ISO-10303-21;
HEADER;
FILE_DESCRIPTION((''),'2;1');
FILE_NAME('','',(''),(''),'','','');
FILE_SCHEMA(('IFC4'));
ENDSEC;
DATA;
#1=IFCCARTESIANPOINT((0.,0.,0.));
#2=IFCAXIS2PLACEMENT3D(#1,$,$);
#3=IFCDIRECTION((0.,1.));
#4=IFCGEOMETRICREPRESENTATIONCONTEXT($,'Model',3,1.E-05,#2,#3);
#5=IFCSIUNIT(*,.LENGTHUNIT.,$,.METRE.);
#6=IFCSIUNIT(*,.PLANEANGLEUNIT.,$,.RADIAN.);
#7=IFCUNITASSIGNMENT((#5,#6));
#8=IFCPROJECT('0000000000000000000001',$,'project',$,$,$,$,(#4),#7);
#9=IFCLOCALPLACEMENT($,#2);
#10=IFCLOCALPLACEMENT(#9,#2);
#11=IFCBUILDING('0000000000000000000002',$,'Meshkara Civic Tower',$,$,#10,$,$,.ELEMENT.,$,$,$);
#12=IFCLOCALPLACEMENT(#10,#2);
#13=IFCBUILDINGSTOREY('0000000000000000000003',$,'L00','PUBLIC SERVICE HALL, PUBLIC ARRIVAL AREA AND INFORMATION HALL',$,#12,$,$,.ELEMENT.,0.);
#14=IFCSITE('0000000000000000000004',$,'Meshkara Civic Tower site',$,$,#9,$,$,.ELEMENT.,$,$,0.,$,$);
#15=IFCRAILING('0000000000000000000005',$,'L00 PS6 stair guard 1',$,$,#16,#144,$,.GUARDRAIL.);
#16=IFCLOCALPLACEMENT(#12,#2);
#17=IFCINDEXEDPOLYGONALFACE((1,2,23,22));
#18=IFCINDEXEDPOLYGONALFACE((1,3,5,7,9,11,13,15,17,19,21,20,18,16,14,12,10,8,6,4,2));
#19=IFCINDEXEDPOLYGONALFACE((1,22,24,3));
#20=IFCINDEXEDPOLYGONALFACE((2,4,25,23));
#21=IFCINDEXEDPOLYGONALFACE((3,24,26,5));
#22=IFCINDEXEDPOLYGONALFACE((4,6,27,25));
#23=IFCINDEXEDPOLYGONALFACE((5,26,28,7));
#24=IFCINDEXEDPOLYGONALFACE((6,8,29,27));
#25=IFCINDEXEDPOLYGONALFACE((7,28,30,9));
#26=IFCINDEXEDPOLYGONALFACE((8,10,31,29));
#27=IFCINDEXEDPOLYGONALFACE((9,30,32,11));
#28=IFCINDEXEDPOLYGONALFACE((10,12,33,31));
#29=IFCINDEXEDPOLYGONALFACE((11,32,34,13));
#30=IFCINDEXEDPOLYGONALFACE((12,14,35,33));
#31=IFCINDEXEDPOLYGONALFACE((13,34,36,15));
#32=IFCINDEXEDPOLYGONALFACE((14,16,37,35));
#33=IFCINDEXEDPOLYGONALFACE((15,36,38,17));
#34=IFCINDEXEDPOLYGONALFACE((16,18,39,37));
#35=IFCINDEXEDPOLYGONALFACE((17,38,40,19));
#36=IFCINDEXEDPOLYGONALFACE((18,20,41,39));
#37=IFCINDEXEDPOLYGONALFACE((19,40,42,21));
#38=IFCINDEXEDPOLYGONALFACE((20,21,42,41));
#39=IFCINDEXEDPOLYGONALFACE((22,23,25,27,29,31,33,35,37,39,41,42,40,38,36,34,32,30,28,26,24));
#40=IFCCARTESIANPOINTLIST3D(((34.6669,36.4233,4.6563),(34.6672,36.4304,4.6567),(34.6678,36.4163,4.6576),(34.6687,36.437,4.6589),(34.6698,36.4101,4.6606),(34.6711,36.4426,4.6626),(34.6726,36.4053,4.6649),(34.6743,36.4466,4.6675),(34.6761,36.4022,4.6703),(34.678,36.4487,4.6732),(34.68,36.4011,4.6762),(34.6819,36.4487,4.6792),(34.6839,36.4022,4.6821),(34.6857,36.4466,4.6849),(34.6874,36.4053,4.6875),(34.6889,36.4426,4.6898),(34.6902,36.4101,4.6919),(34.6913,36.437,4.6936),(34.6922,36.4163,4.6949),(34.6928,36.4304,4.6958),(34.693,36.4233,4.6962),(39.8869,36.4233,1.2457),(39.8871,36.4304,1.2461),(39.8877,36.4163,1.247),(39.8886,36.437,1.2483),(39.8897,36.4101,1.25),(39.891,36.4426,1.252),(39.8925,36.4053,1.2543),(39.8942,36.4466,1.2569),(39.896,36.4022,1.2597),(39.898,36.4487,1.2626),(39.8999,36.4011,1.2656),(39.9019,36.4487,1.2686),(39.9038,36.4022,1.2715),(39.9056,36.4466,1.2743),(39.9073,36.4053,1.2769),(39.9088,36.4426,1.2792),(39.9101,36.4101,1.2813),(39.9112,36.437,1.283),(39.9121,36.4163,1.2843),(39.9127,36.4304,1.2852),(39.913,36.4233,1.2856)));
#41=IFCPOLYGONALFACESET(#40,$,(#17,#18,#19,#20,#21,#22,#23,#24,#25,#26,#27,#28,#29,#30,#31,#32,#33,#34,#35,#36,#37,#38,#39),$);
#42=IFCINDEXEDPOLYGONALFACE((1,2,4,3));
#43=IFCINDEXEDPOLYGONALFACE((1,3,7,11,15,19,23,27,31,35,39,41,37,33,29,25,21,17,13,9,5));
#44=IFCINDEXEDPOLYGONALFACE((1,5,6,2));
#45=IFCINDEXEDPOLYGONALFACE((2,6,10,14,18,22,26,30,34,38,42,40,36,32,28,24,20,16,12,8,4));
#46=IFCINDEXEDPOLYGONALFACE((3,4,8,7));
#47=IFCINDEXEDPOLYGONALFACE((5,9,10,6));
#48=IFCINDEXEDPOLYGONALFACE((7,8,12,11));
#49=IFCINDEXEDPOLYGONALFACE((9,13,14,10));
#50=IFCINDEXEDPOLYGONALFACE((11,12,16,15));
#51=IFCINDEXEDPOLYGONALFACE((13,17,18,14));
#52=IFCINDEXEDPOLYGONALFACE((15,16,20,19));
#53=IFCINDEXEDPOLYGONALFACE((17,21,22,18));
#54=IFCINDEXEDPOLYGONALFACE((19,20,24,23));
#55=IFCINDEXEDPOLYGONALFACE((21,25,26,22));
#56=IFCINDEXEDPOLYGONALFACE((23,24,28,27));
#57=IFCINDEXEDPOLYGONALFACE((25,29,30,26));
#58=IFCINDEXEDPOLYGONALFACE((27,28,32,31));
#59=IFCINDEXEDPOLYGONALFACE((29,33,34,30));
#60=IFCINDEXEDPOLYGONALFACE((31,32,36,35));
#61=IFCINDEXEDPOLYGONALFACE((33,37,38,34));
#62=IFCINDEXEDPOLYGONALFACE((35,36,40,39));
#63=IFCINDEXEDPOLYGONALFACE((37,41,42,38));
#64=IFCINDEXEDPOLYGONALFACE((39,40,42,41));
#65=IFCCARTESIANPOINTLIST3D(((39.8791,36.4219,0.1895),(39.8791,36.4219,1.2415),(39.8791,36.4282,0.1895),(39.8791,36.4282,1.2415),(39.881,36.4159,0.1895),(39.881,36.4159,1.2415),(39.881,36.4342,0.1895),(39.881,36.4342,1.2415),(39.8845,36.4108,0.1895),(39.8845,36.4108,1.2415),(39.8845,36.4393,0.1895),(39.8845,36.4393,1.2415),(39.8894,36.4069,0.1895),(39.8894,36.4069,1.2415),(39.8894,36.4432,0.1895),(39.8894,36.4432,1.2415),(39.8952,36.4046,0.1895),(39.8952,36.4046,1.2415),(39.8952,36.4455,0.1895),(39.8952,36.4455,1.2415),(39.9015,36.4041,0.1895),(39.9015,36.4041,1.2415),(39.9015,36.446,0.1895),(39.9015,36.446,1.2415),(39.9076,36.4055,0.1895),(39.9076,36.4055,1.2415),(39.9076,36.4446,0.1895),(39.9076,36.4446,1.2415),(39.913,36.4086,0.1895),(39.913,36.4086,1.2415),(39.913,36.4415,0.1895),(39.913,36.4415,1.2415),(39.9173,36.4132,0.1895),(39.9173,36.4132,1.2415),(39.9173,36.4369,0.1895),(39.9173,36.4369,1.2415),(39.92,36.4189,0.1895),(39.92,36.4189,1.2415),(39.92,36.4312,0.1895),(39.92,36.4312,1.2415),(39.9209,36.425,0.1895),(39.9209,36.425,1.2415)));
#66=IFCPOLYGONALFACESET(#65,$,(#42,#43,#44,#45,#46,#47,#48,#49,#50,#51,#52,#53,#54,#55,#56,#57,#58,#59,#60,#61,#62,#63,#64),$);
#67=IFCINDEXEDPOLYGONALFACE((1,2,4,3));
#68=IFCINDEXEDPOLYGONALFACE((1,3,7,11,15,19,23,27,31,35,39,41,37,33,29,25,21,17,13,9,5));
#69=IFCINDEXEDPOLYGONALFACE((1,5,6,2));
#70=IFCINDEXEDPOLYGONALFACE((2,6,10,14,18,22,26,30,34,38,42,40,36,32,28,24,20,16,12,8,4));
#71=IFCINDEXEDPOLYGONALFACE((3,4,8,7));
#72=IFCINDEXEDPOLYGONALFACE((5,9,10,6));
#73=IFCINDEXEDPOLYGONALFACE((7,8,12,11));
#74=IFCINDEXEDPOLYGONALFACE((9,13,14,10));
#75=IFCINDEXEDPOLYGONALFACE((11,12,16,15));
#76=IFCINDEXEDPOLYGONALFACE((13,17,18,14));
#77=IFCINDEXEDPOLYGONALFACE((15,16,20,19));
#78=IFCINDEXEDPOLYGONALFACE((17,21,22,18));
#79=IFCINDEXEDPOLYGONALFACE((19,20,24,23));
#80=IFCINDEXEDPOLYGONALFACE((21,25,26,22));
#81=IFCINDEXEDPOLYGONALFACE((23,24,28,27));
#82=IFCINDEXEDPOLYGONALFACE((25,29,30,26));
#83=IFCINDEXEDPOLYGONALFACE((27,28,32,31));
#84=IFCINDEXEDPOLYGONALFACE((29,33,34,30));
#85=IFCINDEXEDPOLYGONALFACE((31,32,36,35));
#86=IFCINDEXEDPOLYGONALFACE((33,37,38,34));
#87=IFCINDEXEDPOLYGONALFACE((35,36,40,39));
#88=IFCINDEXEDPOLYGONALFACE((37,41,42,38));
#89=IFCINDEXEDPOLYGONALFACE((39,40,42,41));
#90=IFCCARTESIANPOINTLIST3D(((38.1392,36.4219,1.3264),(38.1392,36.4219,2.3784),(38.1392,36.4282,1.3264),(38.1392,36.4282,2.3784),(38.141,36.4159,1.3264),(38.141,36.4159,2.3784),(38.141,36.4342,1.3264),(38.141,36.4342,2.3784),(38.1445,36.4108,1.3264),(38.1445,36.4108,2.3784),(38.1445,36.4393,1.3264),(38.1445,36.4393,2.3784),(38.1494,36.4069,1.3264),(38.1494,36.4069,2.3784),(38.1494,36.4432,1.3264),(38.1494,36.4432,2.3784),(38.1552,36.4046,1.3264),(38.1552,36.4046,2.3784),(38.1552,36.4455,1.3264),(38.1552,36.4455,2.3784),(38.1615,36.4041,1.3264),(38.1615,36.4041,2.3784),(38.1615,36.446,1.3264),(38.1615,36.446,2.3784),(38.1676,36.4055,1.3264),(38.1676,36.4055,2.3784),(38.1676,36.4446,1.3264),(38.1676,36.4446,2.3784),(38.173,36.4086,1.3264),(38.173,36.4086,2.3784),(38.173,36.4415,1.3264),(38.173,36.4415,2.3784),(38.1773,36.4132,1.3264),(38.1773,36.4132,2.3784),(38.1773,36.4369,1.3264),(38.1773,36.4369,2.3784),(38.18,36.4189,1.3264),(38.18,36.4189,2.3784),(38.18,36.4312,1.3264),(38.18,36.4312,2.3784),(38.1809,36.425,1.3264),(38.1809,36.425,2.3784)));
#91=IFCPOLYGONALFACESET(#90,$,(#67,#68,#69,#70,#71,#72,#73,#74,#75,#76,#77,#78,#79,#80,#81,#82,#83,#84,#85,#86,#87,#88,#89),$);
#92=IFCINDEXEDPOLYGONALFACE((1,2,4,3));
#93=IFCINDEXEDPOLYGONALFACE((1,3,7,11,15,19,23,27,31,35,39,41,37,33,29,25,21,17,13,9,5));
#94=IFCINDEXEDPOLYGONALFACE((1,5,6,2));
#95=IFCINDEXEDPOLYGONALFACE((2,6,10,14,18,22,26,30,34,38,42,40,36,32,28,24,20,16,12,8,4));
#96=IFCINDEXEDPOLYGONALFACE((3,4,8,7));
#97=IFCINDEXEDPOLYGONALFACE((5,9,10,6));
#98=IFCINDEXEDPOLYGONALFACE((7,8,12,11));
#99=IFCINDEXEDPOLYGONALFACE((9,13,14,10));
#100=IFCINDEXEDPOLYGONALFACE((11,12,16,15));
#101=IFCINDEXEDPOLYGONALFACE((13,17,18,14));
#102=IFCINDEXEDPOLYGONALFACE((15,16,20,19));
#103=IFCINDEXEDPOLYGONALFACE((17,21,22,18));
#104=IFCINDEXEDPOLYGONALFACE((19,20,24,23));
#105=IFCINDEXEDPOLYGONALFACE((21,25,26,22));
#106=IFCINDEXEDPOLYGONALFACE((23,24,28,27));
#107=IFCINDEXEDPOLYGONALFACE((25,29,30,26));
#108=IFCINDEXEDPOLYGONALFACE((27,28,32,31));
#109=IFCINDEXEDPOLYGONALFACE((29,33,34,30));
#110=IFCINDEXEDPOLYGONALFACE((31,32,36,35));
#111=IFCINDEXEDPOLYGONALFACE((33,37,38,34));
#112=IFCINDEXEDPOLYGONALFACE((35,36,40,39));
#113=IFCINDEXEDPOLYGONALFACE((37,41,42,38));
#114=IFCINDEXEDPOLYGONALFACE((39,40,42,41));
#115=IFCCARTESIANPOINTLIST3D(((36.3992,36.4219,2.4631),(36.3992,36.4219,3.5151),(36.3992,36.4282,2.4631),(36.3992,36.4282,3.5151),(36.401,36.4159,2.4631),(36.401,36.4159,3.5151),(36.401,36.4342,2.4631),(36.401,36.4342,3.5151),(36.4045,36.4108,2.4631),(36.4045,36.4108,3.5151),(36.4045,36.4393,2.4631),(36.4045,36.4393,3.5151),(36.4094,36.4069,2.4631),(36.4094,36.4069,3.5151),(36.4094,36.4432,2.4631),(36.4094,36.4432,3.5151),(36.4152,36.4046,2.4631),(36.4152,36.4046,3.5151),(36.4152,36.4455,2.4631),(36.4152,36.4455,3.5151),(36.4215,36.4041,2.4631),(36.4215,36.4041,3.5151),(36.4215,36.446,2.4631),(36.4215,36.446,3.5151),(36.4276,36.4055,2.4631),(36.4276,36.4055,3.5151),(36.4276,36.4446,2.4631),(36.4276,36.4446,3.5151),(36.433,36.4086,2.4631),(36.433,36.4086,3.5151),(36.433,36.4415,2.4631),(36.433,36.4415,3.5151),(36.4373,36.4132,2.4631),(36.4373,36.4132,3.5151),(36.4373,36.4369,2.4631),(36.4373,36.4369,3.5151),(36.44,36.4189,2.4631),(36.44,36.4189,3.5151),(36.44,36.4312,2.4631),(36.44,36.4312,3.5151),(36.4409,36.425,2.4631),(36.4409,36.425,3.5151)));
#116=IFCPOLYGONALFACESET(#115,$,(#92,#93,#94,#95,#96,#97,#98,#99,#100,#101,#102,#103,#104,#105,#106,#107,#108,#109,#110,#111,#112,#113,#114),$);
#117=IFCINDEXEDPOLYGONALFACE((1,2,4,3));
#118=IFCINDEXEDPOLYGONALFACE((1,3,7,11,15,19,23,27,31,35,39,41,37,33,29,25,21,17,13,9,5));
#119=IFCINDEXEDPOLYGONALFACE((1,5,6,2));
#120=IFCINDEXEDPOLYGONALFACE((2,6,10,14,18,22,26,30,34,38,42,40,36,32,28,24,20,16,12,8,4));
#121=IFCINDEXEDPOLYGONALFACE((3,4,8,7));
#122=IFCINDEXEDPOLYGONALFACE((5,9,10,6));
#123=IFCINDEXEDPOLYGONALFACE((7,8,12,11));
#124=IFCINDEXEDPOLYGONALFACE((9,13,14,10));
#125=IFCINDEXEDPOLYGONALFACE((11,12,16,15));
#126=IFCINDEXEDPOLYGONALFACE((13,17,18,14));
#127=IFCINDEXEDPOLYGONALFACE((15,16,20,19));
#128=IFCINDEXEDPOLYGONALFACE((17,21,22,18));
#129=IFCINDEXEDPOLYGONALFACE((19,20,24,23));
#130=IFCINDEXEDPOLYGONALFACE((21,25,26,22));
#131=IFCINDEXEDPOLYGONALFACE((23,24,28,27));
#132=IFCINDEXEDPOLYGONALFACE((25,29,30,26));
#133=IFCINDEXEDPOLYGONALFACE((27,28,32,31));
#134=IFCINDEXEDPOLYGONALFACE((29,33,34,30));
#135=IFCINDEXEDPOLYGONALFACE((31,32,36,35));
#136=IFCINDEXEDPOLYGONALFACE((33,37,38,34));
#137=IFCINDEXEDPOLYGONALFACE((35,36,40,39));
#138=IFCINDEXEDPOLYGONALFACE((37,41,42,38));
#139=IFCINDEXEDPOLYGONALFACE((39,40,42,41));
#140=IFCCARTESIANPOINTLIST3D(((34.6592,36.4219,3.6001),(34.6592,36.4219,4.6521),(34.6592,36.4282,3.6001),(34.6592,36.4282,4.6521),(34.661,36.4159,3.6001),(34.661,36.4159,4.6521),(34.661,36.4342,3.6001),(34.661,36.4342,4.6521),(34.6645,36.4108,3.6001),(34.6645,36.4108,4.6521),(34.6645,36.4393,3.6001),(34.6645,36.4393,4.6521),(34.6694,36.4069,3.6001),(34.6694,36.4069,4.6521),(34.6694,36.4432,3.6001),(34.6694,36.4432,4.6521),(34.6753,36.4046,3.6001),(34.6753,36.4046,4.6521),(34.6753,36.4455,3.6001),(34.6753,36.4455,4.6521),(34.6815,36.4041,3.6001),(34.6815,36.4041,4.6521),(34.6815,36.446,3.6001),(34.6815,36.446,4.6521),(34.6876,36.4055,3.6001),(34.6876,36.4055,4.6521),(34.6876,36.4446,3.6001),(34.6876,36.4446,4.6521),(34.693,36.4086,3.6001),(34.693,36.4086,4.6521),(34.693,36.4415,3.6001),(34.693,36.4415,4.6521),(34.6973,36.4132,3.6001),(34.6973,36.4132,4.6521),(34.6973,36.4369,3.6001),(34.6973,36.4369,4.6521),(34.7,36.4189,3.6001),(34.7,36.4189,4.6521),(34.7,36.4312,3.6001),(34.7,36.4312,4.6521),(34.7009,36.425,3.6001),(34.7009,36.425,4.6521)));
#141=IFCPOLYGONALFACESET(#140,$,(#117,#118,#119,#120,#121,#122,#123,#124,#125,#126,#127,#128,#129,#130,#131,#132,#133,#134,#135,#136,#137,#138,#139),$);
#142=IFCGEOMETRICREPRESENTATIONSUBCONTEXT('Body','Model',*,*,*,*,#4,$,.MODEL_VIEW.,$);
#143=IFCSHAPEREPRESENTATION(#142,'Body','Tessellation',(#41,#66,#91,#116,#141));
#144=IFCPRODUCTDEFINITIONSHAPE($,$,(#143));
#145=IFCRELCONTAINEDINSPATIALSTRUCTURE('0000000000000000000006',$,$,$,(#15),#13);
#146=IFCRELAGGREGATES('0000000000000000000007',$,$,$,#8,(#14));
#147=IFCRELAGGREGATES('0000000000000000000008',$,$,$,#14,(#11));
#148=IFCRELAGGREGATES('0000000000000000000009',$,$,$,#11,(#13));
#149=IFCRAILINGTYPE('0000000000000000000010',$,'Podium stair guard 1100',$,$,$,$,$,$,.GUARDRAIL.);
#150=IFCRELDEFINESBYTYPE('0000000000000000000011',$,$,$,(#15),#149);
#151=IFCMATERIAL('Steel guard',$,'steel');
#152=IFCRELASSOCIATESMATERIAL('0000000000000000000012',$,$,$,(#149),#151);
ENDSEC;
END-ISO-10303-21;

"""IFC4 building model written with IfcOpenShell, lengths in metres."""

from ifc_helpers import new_model, si_unit, direction, frame, origin, origin_2d, place, context, subcontext, project, spatial, circle, extrude, material, type_object, element, save


model = new_model("IFC4")

# Units and contexts
model_context = context("Model", 3, precision=1e-05, world=origin(), true_north=direction((0.0, 1.0)))
body_context = subcontext(model_context, "Body", "Model", "MODEL_VIEW")
ifc_project = project(units=[si_unit("LENGTHUNIT", "METRE"), si_unit("PLANEANGLEUNIT", "RADIAN")], contexts=[model_context])

# Site, building, storey
site_placement = place(None, origin())
site = spatial("IfcSite", under=ifc_project, at=site_placement, Name="Meshkara Civic Tower site", CompositionType="ELEMENT", RefElevation=0.0)
building_placement = place(site_placement, origin())
building = spatial("IfcBuilding", under=site, at=building_placement, Name="Meshkara Civic Tower", CompositionType="ELEMENT")
storey_placement = place(building_placement, origin())
storey = spatial("IfcBuildingStorey", under=building, at=storey_placement, Name="L00", Description="PUBLIC SERVICE HALL, PUBLIC ARRIVAL AREA AND INFORMATION HALL", CompositionType="ELEMENT", Elevation=0.0)

# Railing
ifc_material_1 = material(Name="Steel guard", Category="steel")
railing_type_1 = type_object("IfcRailingType", Name="Podium stair guard 1100", PredefinedType="GUARDRAIL", material=ifc_material_1)
railing_1_placement = place(storey_placement, frame((39.8999, 36.425, 0.1895)))
element("IfcRailing", 1, at=railing_1_placement, inside=storey, type_object=railing_type_1, Name="L00 PS6 stair guard 1", PredefinedType="GUARDRAIL", context=body_context, shape_type="SweptSolid", body=[
    extrude(circle(Radius=0.0239, at=origin_2d()), frame((0.0, 0.0, 1.0762), z_axis=(-0.837147, 0.0, 0.546978), x_axis=(0.0, -1.0, 0.0)), (0.0, 0.0, 1.0), 6.2354),
    extrude(circle(Radius=0.021, at=origin_2d()), origin(), (0.0, 0.0, 1.0), 1.052),
    extrude(circle(Radius=0.021, at=origin_2d()), frame((-1.74, 0.0, 1.137)), (0.0, 0.0, 1.0), 1.052),
    extrude(circle(Radius=0.021, at=origin_2d()), frame((-3.48, 0.0, 2.2737)), (0.0, 0.0, 1.0), 1.052),
    extrude(circle(Radius=0.021, at=origin_2d()), frame((-5.22, 0.0, 3.4106)), (0.0, 0.0, 1.0), 1.052),
])

save(model, "model.ifc")
